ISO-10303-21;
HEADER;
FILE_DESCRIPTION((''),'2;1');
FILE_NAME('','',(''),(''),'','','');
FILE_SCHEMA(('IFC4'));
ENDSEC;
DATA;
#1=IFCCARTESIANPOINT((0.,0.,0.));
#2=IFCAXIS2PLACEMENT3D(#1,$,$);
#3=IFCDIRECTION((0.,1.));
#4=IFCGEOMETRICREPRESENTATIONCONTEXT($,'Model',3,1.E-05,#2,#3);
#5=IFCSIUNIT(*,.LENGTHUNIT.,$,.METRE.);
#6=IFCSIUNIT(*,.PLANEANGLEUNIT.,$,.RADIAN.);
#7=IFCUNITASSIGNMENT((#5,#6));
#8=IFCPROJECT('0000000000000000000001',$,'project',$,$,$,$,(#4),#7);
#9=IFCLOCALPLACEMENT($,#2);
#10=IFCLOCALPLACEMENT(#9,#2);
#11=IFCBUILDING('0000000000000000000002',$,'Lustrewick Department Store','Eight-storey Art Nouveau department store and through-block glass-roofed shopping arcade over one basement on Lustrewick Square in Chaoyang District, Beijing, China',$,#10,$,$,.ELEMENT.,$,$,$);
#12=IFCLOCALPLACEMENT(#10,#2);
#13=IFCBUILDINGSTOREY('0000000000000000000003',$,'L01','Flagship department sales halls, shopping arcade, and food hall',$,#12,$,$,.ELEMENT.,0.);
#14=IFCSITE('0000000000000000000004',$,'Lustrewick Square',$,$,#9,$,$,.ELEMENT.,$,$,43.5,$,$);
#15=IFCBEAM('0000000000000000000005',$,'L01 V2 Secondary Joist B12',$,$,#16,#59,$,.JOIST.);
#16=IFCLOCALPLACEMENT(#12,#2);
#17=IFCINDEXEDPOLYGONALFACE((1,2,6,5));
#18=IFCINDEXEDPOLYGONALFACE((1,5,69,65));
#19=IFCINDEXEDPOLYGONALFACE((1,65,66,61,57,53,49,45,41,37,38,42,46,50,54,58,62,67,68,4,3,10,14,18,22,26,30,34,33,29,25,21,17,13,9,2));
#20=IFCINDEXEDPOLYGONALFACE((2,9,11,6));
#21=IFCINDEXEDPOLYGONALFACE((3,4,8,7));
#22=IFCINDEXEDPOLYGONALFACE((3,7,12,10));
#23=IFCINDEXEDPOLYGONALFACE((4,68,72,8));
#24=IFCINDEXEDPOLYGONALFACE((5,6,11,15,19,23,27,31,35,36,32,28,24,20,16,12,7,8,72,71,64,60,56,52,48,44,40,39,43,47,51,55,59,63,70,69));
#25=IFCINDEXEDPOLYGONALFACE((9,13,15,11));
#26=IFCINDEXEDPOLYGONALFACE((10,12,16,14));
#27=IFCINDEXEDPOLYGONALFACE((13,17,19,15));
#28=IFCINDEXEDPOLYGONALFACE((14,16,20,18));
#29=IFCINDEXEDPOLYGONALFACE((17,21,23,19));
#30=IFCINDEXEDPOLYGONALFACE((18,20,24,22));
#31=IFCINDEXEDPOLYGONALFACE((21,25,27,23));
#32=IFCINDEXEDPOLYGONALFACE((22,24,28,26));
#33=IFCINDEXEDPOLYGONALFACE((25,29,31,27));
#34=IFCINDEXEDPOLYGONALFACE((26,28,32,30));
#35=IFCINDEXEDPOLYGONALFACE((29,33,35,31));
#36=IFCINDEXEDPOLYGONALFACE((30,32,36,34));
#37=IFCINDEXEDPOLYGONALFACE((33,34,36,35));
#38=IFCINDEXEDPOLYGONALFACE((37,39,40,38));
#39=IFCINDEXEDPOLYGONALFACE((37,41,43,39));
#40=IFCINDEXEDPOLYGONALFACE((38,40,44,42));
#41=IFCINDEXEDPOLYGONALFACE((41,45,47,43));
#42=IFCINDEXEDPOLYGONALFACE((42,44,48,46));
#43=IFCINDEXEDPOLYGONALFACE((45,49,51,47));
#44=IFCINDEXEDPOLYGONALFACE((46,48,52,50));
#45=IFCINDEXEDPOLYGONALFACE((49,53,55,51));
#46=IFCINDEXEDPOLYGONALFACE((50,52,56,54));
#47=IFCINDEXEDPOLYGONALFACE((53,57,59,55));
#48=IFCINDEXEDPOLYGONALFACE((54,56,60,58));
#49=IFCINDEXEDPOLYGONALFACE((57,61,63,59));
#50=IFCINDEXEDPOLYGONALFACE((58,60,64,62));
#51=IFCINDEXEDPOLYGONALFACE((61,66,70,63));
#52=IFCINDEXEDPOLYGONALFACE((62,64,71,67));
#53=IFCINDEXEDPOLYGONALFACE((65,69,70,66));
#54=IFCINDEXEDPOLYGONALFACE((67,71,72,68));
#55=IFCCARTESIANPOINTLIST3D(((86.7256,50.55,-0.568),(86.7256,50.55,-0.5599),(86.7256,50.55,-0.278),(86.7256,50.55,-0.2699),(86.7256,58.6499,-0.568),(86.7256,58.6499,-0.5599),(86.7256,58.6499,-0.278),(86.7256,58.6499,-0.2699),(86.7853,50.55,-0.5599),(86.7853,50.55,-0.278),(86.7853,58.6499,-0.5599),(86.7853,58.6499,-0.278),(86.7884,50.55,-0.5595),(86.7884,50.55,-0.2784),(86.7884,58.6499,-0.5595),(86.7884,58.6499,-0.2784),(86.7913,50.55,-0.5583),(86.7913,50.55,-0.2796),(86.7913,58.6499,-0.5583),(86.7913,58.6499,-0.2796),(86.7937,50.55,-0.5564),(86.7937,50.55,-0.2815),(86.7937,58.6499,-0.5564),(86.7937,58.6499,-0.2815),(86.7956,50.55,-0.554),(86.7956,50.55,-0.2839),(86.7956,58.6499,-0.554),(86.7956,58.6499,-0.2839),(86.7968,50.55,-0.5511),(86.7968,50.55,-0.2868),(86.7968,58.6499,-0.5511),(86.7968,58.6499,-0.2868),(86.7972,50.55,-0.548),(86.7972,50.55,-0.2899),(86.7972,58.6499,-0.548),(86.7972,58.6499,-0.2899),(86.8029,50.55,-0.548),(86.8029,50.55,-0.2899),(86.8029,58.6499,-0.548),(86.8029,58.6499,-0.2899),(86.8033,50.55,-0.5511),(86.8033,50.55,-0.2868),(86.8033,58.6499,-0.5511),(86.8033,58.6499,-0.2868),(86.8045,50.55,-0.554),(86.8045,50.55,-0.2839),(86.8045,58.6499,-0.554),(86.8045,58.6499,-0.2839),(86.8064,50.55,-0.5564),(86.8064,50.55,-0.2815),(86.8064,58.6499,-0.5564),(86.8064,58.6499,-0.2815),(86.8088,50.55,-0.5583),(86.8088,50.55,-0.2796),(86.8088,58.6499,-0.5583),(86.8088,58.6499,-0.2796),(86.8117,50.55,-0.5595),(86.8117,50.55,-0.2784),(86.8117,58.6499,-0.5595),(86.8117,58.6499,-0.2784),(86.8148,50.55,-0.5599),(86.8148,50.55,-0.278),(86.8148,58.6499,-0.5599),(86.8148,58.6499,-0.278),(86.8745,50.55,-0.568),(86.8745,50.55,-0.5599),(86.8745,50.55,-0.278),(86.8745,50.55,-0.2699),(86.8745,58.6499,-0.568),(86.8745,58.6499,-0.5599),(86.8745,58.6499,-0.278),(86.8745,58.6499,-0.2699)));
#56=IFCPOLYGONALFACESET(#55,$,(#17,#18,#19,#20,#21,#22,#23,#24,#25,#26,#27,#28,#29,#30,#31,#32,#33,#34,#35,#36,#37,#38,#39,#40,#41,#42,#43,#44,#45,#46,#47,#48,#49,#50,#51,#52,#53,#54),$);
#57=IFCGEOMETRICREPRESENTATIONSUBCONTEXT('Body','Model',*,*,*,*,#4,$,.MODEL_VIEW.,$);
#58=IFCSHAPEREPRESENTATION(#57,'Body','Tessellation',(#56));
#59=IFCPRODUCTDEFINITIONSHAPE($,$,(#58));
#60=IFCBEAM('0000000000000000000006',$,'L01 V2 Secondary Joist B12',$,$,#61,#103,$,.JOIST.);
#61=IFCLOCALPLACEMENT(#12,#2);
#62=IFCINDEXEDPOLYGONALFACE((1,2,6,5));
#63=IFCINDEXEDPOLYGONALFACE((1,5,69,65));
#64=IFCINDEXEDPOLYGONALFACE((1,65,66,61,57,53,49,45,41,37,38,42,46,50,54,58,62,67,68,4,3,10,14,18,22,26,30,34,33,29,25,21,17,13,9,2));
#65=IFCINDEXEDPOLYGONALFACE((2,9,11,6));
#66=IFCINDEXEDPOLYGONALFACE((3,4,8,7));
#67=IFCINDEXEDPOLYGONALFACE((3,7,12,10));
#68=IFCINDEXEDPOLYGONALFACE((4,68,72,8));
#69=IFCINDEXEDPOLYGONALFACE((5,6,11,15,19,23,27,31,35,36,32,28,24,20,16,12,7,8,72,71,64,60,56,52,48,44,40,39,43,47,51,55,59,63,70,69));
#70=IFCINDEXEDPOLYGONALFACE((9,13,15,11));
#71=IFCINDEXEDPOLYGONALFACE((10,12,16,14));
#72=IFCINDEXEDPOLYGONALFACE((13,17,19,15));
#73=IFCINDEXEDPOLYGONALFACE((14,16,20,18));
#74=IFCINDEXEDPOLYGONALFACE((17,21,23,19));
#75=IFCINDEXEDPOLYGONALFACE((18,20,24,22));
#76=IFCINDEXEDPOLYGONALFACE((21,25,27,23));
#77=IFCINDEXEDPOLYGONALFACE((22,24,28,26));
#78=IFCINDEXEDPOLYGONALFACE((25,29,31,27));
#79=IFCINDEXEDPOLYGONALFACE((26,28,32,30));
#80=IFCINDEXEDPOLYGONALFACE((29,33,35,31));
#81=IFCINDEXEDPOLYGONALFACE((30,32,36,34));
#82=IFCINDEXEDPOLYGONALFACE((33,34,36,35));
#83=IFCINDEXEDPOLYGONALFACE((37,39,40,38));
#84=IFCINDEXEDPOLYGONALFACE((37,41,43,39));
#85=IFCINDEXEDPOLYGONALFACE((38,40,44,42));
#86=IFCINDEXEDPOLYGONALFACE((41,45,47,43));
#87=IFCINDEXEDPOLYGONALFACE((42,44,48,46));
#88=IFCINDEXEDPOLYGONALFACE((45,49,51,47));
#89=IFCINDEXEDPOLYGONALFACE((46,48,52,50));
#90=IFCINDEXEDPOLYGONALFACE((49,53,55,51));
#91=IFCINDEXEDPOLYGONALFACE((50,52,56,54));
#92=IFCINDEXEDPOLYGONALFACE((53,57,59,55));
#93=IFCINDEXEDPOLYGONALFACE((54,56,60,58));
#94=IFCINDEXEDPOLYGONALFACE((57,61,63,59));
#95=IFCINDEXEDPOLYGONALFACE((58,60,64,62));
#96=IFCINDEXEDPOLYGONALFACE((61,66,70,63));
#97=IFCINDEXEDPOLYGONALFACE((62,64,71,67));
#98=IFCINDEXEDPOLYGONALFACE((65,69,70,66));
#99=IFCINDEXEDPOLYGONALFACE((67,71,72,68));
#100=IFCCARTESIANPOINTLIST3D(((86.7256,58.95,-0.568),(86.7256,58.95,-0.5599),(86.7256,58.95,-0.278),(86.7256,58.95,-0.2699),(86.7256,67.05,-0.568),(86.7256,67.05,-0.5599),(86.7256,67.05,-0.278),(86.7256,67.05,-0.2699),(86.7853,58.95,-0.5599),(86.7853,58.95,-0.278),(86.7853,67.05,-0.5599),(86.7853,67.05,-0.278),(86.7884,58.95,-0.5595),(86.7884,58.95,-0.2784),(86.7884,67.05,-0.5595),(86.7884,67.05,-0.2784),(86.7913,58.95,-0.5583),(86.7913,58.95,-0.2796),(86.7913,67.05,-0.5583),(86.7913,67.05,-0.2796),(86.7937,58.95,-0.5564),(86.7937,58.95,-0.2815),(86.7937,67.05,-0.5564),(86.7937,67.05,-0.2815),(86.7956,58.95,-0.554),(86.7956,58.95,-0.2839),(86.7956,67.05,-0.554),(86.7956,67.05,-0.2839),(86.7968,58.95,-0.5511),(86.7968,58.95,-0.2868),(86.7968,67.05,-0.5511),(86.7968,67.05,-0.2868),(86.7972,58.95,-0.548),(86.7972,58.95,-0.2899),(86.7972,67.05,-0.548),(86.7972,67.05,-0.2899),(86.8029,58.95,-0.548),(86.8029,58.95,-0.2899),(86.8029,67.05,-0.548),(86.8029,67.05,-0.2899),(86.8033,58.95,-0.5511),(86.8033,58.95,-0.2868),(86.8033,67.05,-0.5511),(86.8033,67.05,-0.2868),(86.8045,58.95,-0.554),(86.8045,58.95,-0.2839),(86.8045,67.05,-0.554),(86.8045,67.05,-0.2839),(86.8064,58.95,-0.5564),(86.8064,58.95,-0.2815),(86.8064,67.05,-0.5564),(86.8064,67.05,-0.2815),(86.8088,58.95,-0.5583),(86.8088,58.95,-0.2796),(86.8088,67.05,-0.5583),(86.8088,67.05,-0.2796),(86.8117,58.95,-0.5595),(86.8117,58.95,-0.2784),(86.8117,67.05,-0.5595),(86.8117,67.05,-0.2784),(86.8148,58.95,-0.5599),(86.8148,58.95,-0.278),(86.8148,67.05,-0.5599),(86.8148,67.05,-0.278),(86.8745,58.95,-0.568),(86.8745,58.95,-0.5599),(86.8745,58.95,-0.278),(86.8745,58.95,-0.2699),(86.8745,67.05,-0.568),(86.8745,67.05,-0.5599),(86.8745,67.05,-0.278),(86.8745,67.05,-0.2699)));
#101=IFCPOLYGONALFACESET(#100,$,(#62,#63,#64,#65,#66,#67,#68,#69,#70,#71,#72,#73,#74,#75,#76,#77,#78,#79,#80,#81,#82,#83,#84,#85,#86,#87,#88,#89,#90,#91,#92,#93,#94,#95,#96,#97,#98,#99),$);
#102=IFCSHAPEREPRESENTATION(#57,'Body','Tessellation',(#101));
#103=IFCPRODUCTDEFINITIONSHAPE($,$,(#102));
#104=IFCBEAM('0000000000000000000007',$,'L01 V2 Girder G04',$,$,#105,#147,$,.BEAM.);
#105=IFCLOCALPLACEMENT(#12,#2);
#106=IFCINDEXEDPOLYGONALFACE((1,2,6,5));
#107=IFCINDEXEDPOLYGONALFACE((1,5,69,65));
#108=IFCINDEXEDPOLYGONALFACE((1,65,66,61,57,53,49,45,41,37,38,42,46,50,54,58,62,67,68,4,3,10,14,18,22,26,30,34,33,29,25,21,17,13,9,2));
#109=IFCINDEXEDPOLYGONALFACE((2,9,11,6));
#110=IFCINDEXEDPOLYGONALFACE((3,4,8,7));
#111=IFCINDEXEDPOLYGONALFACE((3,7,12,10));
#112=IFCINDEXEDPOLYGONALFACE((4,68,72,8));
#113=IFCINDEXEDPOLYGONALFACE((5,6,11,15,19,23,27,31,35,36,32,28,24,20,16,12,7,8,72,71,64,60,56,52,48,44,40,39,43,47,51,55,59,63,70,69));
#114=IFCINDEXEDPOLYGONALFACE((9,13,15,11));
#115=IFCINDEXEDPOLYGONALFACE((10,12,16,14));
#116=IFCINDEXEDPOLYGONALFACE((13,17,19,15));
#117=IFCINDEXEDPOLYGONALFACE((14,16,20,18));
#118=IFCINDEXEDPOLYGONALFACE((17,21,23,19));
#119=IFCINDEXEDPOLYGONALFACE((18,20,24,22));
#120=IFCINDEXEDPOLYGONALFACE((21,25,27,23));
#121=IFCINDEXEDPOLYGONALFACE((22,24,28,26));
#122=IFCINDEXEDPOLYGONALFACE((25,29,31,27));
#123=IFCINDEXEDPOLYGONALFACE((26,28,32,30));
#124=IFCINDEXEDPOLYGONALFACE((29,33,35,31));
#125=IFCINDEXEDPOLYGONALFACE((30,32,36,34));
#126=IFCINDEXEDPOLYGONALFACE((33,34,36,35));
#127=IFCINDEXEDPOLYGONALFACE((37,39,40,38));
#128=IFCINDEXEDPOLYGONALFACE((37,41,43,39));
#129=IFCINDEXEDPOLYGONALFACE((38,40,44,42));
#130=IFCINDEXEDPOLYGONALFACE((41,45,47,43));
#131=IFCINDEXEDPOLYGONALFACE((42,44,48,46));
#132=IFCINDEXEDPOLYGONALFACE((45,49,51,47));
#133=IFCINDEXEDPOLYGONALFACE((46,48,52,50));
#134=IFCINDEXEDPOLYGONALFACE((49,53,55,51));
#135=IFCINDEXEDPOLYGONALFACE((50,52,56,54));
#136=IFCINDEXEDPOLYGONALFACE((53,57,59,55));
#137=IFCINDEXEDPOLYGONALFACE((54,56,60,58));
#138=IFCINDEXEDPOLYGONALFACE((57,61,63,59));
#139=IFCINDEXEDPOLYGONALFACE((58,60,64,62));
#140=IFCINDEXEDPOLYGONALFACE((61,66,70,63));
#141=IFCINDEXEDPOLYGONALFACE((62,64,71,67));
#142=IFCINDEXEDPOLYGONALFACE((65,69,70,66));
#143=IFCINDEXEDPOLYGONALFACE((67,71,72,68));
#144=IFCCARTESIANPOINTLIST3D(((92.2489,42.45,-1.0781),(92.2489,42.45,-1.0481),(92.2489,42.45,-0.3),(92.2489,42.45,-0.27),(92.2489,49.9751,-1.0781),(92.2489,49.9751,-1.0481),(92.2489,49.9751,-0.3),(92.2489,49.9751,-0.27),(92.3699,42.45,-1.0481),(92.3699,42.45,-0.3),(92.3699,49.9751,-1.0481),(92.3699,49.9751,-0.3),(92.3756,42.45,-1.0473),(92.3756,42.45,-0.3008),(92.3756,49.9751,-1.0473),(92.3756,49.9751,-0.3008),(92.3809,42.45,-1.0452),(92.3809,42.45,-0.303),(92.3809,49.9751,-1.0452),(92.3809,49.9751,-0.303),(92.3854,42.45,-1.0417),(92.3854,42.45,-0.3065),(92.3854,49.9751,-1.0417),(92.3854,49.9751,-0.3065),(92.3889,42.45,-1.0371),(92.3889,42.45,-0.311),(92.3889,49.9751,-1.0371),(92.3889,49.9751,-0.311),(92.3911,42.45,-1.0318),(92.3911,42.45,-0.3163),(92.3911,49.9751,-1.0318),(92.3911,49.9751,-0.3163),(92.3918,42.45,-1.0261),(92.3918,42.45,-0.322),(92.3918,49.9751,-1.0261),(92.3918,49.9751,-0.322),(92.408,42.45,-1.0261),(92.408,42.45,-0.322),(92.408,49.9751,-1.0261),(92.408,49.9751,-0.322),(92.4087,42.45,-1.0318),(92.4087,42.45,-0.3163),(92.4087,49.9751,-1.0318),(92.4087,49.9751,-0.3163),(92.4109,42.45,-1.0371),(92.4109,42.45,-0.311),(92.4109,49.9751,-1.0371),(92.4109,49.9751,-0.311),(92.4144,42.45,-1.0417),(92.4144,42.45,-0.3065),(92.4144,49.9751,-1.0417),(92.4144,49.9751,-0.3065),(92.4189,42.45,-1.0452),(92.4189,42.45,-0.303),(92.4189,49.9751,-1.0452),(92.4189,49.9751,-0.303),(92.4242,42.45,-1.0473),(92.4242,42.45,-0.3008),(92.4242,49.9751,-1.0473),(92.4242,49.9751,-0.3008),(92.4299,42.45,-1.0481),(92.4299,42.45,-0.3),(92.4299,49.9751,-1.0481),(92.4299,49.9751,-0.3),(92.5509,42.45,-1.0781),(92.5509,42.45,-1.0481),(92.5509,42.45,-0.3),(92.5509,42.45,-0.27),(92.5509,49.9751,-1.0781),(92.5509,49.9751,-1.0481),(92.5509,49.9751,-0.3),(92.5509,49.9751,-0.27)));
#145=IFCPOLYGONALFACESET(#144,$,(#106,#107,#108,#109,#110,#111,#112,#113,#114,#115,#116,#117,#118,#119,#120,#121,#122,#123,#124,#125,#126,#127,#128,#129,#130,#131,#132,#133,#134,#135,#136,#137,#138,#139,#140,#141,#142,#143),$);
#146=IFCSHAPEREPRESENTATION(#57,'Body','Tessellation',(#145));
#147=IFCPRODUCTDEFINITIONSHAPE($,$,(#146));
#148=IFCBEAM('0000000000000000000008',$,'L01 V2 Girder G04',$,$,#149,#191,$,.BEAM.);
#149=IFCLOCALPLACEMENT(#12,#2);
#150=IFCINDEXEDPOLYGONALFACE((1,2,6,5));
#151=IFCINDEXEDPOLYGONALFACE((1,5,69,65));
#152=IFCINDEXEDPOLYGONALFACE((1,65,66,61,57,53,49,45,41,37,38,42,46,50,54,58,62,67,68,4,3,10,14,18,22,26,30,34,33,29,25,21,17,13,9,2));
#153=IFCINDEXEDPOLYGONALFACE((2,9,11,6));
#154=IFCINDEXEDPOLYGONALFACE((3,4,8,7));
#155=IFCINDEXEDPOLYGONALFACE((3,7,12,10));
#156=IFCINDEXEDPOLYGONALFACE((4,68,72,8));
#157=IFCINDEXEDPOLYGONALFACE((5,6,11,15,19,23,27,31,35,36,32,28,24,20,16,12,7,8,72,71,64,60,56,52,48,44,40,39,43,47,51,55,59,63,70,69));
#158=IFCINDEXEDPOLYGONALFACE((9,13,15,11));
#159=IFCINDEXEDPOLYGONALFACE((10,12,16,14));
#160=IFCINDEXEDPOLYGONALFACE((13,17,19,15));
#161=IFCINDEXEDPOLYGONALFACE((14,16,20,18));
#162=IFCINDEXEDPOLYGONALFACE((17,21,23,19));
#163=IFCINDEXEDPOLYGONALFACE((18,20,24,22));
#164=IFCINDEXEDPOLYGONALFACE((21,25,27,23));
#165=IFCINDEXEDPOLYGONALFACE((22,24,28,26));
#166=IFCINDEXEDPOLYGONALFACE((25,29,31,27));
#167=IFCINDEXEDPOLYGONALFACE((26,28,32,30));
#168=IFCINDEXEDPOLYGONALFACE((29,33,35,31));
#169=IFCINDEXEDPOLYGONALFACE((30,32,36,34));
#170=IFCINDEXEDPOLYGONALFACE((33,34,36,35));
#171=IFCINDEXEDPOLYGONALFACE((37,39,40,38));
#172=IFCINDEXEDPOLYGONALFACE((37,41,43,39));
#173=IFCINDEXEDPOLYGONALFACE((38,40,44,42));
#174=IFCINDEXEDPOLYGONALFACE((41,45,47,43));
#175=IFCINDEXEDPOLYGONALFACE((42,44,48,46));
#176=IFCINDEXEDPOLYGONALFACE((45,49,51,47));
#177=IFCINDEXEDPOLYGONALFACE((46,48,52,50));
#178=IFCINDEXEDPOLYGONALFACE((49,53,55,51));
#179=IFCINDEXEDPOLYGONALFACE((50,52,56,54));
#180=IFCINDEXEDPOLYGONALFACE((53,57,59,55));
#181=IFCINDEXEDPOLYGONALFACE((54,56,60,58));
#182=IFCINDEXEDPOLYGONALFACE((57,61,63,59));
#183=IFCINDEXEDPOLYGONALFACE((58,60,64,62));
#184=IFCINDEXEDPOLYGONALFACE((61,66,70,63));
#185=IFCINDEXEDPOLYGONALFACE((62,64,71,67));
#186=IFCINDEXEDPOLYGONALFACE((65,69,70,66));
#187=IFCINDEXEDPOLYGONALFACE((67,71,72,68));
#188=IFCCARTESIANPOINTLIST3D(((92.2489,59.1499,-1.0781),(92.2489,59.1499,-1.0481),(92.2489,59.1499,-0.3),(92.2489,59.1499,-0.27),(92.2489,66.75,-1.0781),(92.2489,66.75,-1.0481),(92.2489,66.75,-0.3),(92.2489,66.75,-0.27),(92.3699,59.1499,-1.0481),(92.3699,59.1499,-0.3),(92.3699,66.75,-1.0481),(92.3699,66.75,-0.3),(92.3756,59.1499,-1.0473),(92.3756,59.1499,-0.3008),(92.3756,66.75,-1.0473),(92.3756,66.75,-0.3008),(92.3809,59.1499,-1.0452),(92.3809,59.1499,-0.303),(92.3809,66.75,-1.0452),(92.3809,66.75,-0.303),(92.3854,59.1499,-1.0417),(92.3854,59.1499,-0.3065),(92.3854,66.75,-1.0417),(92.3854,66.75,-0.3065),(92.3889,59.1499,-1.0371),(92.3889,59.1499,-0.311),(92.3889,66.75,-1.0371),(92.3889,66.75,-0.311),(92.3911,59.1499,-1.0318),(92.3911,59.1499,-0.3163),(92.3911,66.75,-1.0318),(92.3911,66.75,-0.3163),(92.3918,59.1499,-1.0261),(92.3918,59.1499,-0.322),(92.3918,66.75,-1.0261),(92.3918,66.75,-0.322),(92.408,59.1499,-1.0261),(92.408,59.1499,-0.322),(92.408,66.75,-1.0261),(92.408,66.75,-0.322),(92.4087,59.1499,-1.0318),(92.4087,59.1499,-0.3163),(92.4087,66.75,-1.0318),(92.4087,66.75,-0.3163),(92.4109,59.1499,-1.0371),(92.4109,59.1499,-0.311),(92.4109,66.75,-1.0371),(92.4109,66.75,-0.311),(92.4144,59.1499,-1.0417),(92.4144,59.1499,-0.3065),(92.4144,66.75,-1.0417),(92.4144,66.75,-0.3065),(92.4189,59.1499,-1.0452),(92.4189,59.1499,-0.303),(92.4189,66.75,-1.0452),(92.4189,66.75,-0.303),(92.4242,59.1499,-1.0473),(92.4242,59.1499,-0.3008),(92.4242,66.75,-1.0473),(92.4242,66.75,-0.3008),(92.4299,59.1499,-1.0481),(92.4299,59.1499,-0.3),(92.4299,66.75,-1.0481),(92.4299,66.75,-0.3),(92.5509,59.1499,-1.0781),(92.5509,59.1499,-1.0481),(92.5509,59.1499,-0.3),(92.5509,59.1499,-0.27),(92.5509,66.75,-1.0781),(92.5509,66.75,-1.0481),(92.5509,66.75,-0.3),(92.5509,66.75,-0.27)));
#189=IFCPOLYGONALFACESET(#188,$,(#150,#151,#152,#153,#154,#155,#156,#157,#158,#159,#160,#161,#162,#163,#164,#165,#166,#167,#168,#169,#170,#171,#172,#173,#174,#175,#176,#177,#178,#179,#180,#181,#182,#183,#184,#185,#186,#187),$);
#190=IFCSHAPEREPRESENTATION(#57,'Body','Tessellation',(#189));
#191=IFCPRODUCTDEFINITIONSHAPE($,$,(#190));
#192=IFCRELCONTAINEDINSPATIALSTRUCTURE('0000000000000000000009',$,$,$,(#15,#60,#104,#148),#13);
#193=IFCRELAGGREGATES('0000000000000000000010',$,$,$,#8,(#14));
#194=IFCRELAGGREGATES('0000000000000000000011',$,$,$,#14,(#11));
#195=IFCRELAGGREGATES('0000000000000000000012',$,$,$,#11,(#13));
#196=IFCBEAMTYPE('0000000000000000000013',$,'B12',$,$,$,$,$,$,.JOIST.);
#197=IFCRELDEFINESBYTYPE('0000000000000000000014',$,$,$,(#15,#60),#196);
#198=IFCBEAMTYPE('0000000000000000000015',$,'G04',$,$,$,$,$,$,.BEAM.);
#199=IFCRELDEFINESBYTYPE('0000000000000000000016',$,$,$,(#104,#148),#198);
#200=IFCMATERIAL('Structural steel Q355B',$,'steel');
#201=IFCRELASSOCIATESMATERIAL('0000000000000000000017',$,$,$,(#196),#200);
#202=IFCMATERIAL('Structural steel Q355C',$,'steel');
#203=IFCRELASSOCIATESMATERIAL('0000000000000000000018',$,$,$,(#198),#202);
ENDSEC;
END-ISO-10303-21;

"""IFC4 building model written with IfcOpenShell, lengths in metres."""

from ifc_helpers import new_model, si_unit, direction, frame, origin, origin_2d, place, context, subcontext, project, spatial, i_section, extrude, material, material_profile, profile_set, type_object, element, save


model = new_model("IFC4")

# Units and contexts
model_context = context("Model", 3, precision=1e-05, world=origin(), true_north=direction((0.0, 1.0)))
body_context = subcontext(model_context, "Body", "Model", "MODEL_VIEW")
ifc_project = project(units=[si_unit("LENGTHUNIT", "METRE"), si_unit("PLANEANGLEUNIT", "RADIAN")], contexts=[model_context])

# Site, building, storey
site_placement = place(None, origin())
site = spatial("IfcSite", under=ifc_project, at=site_placement, Name="Lustrewick Square", CompositionType="ELEMENT", RefElevation=43.5)
building_placement = place(site_placement, origin())
building = spatial("IfcBuilding", under=site, at=building_placement, Name="Lustrewick Department Store", Description="Eight-storey Art Nouveau department store and through-block glass-roofed shopping arcade over one basement on Lustrewick Square in Chaoyang District, Beijing, China", CompositionType="ELEMENT")
storey_placement = place(building_placement, origin())
storey = spatial("IfcBuildingStorey", under=building, at=storey_placement, Name="L01", Description="Flagship department sales halls, shopping arcade, and food hall", CompositionType="ELEMENT", Elevation=0.0)

# Shared definitions
ifc_material_1 = material(Name="Structural steel Q355C", Category="steel")

# Beams
ifc_material_2 = material(Name="Structural steel Q355B", Category="steel")
ifc_material_profile_1 = material_profile(ifc_material_2, i_section(OverallWidth=0.1489, OverallDepth=0.2981, WebThickness=0.0056, FlangeThickness=0.0081, FilletRadius=0.012, at=origin_2d()), Name="HN 298x149x5.5x8")
ifc_profile_set_1 = profile_set([ifc_material_profile_1], Name="Structural steel Q355B")
beam_type_1 = type_object("IfcBeamType", Name="B12", PredefinedType="JOIST", material=ifc_profile_set_1)
beam_1_placement = place(storey_placement, frame((86.8, 50.55, -0.4189), z_axis=(0.0, 1.0, 0.0), x_axis=(-1.0, 0.0, 0.0)))
element("IfcBeam", 1, at=beam_1_placement, inside=storey, type_object=beam_type_1, Name="L01 V2 Secondary Joist B12", PredefinedType="JOIST", context=body_context, shape_type="SweptSolid", body=[
    extrude(i_section(OverallWidth=0.1489, OverallDepth=0.2981, WebThickness=0.0056, FlangeThickness=0.0081, FilletRadius=0.012, at=origin_2d()), origin(), (0.0, 0.0, 1.0), 8.0999),
])
beam_2_placement = place(storey_placement, frame((86.8, 58.95, -0.4189), z_axis=(0.0, 1.0, 0.0), x_axis=(-1.0, 0.0, 0.0)))
element("IfcBeam", 2, at=beam_2_placement, inside=storey, type_object=beam_type_1, Name="L01 V2 Secondary Joist B12", PredefinedType="JOIST", context=body_context, shape_type="SweptSolid", body=[
    extrude(i_section(OverallWidth=0.1489, OverallDepth=0.2981, WebThickness=0.0056, FlangeThickness=0.0081, FilletRadius=0.012, at=origin_2d()), origin(), (0.0, 0.0, 1.0), 8.1001),
])
ifc_material_profile_2 = material_profile(ifc_material_1, i_section(OverallWidth=0.302, OverallDepth=0.8081, WebThickness=0.0161, FlangeThickness=0.03, FilletRadius=0.022, at=origin_2d()), Name="HN 808x302x16x30")
ifc_profile_set_2 = profile_set([ifc_material_profile_2], Name="Structural steel Q355C")
beam_type_2 = type_object("IfcBeamType", Name="G04", PredefinedType="BEAM", material=ifc_profile_set_2)
beam_3_placement = place(storey_placement, frame((92.3999, 42.45, -0.6741), z_axis=(0.0, 1.0, 0.0), x_axis=(-1.0, 0.0, 0.0)))
element("IfcBeam", 3, at=beam_3_placement, inside=storey, type_object=beam_type_2, Name="L01 V2 Girder G04", PredefinedType="BEAM", context=body_context, shape_type="SweptSolid", body=[
    extrude(i_section(OverallWidth=0.302, OverallDepth=0.8081, WebThickness=0.0161, FlangeThickness=0.03, FilletRadius=0.022, at=origin_2d()), origin(), (0.0, 0.0, 1.0), 7.5251),
])
beam_4_placement = place(storey_placement, frame((92.3999, 59.1499, -0.6741), z_axis=(0.0, 1.0, 0.0), x_axis=(-1.0, 0.0, 0.0)))
element("IfcBeam", 4, at=beam_4_placement, inside=storey, type_object=beam_type_2, Name="L01 V2 Girder G04", PredefinedType="BEAM", context=body_context, shape_type="SweptSolid", body=[
    extrude(i_section(OverallWidth=0.302, OverallDepth=0.8081, WebThickness=0.0161, FlangeThickness=0.03, FilletRadius=0.022, at=origin_2d()), origin(), (0.0, 0.0, 1.0), 7.6001),
])

save(model, "model.ifc")
